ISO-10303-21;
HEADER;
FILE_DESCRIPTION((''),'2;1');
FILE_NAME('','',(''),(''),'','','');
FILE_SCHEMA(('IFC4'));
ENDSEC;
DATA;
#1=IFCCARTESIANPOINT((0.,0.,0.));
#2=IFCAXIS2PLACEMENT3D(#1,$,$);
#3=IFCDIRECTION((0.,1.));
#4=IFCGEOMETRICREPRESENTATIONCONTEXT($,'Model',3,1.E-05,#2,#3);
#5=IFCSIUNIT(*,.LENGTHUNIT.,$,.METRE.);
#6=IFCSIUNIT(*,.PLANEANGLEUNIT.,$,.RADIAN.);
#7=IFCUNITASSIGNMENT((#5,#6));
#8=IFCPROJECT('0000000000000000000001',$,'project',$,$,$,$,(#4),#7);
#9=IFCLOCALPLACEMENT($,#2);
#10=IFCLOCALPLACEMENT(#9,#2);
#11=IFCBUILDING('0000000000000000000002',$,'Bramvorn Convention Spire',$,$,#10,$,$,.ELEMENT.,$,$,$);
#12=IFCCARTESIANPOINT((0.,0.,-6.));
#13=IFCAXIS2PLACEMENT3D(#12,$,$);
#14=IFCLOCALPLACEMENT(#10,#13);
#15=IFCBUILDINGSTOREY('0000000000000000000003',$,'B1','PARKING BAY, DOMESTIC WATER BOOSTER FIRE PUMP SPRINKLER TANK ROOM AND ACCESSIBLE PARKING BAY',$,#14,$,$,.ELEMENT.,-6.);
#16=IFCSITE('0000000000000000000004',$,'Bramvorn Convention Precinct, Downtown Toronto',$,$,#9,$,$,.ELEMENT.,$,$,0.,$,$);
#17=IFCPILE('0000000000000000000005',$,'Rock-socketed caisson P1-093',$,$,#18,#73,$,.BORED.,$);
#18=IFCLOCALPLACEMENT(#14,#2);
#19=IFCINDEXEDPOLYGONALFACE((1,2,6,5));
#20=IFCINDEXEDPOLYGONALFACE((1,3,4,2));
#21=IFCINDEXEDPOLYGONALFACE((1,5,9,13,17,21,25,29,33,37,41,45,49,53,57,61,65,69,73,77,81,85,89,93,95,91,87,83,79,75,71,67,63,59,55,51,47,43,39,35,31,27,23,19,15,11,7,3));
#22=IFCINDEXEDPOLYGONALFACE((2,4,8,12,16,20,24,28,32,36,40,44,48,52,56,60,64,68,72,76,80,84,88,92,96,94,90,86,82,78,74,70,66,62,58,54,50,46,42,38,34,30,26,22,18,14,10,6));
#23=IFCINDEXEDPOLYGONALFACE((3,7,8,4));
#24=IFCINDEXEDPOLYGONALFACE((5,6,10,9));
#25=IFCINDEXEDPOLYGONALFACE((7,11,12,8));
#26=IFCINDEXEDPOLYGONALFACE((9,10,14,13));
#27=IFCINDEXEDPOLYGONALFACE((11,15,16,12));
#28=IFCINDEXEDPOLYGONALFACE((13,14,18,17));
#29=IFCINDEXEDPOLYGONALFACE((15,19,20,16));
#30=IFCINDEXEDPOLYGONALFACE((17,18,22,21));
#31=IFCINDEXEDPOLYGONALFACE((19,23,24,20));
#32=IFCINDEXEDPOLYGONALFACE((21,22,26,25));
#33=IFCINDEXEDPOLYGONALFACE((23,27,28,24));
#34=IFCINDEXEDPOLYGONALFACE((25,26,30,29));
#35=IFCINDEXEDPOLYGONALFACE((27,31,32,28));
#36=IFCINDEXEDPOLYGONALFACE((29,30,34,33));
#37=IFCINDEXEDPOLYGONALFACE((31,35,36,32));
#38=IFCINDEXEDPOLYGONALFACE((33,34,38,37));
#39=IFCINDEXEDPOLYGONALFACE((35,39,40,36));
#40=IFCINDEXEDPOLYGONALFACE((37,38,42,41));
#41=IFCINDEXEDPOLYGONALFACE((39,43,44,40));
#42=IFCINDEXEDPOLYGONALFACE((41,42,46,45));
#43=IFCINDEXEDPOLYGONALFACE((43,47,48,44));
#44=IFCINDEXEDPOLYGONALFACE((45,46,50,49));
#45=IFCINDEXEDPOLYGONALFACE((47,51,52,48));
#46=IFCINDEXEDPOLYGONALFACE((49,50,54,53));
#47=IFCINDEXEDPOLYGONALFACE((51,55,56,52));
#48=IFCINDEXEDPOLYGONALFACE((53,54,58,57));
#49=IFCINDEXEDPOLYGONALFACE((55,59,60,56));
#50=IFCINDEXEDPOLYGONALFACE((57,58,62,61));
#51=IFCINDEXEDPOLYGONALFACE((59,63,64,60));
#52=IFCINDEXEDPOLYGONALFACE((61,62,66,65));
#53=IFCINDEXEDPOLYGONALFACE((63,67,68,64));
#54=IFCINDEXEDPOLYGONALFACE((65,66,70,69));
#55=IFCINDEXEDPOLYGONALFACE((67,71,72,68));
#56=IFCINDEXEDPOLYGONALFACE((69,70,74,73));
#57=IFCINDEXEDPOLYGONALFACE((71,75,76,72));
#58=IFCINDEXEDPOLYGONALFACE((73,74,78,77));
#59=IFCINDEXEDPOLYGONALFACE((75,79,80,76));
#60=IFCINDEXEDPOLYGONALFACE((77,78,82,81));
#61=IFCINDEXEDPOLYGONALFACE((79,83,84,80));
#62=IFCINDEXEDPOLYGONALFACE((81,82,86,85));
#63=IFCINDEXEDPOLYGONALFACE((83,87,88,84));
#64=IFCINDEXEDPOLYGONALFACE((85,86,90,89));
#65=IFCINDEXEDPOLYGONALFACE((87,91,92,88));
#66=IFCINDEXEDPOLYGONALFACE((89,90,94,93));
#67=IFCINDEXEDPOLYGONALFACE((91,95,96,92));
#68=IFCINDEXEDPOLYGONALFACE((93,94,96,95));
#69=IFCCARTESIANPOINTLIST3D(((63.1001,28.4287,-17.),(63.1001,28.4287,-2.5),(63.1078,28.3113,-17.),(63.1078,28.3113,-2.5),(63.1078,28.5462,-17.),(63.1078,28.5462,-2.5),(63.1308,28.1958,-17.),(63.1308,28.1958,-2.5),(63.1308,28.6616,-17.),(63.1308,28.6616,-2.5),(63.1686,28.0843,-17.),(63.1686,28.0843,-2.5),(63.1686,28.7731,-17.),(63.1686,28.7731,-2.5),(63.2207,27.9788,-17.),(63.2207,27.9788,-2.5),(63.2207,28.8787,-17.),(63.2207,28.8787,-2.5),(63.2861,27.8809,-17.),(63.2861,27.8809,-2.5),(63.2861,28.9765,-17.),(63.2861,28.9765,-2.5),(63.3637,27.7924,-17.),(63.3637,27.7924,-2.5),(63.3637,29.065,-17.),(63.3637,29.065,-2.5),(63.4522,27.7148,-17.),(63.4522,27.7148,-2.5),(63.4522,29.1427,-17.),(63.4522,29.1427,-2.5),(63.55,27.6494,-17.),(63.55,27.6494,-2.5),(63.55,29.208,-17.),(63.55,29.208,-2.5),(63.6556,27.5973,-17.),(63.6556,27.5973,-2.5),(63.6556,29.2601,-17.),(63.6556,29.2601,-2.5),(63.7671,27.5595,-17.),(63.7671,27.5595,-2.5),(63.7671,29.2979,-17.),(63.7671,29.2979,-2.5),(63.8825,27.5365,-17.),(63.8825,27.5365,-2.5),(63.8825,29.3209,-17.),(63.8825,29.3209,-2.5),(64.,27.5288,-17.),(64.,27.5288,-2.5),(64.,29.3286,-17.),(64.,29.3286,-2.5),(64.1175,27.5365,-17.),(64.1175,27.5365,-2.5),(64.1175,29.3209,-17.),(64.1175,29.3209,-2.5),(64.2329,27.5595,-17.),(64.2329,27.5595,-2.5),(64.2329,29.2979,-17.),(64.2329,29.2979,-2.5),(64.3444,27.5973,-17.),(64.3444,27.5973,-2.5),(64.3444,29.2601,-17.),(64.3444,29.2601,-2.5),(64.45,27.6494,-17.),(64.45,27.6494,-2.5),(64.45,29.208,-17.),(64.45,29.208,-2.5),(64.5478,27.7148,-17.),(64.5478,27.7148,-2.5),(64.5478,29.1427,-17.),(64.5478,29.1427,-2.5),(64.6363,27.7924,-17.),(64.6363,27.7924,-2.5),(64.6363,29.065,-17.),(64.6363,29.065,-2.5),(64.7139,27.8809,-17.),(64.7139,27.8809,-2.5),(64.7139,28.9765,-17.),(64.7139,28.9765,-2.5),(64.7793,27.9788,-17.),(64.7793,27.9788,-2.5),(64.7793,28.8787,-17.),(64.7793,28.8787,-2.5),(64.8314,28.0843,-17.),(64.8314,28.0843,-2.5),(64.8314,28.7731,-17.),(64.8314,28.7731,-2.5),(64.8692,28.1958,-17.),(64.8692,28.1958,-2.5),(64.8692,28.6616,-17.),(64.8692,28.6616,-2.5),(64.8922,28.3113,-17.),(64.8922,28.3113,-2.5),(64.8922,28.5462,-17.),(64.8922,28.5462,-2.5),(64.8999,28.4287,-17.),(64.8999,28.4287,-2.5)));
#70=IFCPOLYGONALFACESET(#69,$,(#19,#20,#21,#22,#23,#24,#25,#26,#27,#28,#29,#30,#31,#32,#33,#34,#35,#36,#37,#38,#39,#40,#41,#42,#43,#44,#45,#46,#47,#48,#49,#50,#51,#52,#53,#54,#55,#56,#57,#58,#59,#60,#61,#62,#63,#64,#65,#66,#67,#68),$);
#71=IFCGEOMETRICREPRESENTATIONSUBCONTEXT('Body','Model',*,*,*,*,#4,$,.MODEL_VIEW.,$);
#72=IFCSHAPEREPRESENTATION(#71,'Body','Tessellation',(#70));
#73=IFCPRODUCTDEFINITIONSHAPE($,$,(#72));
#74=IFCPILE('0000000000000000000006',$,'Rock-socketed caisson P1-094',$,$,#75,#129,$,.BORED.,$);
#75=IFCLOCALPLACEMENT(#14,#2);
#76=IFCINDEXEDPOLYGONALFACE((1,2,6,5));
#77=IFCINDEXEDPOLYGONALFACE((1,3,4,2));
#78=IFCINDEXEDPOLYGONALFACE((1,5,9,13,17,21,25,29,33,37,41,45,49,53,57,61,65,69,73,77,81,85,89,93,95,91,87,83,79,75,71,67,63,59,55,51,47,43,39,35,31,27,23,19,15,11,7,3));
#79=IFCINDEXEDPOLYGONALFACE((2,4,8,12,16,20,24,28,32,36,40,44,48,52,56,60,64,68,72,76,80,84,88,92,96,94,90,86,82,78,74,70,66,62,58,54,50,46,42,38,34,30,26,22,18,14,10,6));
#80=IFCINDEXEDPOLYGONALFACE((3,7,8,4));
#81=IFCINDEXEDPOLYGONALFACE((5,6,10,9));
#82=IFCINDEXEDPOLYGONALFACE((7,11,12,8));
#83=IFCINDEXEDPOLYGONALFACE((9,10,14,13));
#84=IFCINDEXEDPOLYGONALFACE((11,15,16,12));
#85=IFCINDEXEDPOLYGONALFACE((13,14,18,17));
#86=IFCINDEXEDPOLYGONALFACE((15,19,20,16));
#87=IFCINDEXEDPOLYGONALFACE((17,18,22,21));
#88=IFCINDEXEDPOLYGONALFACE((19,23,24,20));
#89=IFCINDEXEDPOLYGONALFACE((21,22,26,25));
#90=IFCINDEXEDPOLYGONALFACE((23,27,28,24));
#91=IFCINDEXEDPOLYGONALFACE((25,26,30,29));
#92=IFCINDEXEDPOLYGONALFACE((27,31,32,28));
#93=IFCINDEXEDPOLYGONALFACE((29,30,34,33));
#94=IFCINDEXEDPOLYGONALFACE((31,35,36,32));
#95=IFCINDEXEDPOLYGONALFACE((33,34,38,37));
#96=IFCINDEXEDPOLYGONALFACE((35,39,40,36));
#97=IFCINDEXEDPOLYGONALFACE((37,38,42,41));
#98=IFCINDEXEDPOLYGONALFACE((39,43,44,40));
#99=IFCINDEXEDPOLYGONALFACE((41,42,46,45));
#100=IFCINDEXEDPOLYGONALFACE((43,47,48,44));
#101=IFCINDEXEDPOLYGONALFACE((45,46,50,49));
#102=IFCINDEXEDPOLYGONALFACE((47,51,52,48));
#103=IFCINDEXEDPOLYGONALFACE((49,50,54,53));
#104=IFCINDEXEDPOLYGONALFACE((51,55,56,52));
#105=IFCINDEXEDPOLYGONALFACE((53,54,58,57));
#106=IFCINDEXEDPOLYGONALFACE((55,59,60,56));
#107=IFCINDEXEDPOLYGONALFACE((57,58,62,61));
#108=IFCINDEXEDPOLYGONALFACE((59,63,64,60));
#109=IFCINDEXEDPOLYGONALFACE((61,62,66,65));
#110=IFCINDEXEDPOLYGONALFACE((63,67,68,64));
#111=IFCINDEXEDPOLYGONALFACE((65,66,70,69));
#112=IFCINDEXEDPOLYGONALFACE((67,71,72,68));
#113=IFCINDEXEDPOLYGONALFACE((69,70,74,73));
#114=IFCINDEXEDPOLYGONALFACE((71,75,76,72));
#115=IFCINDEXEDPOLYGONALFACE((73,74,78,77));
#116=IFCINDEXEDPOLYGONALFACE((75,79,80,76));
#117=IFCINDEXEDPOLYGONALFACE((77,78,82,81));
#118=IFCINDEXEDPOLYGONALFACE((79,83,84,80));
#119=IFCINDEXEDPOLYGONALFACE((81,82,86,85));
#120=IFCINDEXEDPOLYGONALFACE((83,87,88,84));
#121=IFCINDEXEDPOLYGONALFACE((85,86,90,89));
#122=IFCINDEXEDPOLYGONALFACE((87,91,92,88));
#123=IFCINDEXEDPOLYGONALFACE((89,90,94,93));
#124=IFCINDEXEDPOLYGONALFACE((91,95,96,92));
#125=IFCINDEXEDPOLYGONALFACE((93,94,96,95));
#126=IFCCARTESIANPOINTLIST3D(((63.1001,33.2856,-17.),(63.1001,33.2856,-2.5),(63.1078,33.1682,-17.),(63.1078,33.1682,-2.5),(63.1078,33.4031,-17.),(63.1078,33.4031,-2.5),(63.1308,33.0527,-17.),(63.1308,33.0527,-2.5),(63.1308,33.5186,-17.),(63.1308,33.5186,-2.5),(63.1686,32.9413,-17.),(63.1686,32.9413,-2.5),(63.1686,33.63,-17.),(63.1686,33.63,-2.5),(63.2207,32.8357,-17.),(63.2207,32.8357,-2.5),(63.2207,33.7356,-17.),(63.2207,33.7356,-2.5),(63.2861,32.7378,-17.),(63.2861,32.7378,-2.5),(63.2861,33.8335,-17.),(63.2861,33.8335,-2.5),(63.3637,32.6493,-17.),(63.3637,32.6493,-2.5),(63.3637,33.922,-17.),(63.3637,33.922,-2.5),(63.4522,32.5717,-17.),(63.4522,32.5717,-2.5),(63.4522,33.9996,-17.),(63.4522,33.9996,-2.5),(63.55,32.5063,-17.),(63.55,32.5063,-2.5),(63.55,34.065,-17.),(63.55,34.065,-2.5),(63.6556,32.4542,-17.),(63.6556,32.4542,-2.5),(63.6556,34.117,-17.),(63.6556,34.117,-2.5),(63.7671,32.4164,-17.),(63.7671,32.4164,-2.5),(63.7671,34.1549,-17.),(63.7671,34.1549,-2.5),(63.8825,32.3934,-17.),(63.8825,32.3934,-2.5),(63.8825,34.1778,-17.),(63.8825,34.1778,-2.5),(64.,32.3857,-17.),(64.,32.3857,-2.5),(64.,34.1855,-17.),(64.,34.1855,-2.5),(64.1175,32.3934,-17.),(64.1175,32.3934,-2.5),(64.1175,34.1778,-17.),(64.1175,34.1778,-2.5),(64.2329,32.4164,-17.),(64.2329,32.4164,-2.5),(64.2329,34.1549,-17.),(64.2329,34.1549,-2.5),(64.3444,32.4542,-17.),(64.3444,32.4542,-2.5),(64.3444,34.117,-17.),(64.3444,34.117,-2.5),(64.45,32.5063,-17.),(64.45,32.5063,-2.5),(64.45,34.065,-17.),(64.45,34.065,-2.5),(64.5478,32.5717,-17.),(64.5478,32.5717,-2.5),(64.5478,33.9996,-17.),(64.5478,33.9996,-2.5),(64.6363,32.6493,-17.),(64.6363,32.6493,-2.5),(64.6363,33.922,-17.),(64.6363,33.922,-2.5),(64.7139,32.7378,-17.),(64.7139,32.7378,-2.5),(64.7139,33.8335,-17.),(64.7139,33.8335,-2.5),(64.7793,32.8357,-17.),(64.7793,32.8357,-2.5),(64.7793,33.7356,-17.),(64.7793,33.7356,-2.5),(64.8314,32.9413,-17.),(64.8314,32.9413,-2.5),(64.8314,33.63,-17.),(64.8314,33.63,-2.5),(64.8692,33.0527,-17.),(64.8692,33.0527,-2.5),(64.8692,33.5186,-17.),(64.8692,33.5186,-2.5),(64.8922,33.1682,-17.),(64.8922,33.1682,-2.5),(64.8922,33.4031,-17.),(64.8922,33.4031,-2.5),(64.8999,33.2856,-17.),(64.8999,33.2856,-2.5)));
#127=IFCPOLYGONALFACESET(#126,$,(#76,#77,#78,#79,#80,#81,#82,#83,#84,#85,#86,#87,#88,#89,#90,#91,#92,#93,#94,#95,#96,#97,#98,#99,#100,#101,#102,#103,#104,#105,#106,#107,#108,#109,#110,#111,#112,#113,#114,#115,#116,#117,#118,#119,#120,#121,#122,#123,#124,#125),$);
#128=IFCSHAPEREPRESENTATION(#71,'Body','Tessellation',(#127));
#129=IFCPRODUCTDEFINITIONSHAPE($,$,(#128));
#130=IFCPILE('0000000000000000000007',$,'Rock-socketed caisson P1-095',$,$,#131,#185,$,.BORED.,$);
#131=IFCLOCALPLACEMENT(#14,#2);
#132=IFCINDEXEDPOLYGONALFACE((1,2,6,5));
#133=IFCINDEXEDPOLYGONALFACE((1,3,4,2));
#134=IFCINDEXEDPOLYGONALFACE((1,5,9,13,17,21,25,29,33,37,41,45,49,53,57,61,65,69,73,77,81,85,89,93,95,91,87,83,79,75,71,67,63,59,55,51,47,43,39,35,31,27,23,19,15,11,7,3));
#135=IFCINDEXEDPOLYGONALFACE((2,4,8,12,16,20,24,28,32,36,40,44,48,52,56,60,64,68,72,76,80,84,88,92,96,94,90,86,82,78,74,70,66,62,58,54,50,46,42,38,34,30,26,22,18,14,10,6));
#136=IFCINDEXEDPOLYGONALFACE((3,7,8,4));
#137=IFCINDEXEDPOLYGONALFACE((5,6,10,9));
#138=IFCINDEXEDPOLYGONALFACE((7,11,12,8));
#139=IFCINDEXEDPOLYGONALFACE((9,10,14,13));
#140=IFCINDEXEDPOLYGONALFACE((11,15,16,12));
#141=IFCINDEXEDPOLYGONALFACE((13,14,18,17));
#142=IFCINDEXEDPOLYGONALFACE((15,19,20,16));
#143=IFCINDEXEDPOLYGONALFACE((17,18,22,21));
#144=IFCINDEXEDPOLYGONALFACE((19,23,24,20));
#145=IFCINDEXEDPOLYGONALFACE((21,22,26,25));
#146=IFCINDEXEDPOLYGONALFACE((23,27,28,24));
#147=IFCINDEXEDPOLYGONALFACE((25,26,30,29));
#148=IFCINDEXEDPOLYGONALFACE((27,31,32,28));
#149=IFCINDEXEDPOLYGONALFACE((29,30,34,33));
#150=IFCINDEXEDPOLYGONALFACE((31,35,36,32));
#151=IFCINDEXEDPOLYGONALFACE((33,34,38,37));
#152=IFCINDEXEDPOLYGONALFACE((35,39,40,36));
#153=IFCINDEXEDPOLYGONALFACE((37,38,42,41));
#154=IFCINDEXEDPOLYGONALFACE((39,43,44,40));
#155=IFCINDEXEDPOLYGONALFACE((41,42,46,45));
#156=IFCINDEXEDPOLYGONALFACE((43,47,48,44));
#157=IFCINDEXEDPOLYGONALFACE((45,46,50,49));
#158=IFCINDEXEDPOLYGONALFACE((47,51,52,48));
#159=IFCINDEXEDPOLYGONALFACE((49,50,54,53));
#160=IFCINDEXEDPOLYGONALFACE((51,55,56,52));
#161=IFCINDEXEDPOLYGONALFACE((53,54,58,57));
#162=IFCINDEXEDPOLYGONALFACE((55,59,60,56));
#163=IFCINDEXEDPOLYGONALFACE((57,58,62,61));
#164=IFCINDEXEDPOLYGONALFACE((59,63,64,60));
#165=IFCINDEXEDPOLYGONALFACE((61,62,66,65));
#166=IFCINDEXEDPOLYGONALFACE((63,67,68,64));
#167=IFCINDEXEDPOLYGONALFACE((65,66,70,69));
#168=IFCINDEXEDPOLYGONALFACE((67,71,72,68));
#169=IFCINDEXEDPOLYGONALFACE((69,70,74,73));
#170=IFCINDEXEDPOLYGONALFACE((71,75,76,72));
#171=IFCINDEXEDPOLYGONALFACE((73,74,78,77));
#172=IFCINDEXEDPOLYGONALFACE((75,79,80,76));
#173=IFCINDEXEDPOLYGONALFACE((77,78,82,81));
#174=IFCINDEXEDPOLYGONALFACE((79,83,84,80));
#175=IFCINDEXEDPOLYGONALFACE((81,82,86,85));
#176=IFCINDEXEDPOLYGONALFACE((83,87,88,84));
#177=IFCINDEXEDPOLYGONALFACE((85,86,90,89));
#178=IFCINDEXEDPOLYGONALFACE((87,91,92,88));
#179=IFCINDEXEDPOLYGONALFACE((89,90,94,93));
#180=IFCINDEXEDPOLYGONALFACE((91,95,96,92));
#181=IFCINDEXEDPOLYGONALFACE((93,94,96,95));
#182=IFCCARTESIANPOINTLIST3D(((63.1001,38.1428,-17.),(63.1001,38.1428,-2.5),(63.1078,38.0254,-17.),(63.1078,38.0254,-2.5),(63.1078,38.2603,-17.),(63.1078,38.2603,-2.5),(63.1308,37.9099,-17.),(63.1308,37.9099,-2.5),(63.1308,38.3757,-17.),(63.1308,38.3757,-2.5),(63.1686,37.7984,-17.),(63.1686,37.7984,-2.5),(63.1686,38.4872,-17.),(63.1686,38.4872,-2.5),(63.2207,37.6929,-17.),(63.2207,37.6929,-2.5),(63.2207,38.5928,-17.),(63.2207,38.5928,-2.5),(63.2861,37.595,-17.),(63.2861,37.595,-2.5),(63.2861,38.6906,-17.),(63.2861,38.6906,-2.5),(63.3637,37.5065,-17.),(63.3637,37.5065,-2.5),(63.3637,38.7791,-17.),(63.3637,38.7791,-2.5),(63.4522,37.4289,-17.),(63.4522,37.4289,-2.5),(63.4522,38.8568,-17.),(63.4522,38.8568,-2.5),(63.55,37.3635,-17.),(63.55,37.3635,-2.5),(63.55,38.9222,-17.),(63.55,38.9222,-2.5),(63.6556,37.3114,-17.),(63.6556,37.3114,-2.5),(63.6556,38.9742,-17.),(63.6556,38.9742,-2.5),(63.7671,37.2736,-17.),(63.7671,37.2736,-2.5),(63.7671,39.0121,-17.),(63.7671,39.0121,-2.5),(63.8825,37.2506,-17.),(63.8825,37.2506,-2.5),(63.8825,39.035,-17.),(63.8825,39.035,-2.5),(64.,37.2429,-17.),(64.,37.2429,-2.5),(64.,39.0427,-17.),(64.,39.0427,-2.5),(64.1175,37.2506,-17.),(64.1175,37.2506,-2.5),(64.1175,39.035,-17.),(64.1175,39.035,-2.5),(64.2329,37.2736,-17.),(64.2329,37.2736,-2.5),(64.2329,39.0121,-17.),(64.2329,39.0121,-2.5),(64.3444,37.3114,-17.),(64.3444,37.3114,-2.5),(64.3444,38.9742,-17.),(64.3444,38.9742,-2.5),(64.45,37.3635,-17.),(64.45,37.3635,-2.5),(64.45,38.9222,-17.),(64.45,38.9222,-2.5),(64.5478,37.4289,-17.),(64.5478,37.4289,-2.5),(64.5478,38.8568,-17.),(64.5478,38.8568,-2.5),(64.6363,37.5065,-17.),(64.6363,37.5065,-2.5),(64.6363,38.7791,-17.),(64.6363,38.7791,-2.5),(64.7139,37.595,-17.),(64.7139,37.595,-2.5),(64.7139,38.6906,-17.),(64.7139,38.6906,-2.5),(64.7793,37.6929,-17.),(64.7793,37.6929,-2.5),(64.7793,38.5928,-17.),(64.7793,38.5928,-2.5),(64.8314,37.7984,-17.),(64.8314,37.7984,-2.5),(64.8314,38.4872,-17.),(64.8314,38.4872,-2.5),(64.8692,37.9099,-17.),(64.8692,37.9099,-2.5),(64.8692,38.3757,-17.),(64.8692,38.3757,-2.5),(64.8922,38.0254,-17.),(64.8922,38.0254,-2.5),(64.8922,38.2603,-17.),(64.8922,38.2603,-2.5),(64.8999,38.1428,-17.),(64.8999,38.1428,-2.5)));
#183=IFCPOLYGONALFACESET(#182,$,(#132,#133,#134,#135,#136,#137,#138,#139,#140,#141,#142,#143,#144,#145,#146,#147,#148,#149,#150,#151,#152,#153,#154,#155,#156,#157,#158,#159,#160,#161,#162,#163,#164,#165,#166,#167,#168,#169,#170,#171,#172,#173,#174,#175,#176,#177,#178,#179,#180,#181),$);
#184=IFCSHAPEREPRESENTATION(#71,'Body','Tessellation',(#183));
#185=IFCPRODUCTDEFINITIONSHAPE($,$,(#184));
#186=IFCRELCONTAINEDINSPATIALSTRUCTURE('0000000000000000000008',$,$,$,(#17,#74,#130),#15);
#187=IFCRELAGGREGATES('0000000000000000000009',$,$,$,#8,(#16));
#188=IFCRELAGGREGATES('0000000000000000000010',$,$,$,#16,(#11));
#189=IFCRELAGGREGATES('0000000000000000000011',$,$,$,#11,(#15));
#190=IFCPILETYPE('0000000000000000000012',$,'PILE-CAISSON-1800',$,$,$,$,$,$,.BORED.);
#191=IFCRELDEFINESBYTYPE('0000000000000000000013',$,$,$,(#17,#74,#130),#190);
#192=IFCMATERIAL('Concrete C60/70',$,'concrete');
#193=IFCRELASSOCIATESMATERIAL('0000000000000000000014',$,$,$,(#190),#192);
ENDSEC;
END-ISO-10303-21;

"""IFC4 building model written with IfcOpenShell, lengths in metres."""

from ifc_helpers import new_model, si_unit, direction, frame, origin, origin_2d, place, context, subcontext, project, spatial, circle, extrude, material, material_profile, profile_set, type_object, element, save


model = new_model("IFC4")

# Units and contexts
model_context = context("Model", 3, precision=1e-05, world=origin(), true_north=direction((0.0, 1.0)))
body_context = subcontext(model_context, "Body", "Model", "MODEL_VIEW")
ifc_project = project(units=[si_unit("LENGTHUNIT", "METRE"), si_unit("PLANEANGLEUNIT", "RADIAN")], contexts=[model_context])

# Site, building, storey
site_placement = place(None, origin())
site = spatial("IfcSite", under=ifc_project, at=site_placement, Name="Bramvorn Convention Precinct, Downtown Toronto", CompositionType="ELEMENT", RefElevation=0.0)
building_placement = place(site_placement, origin())
building = spatial("IfcBuilding", under=site, at=building_placement, Name="Bramvorn Convention Spire", CompositionType="ELEMENT")
storey_placement = place(building_placement, frame((0.0, 0.0, -6.0)))
storey = spatial("IfcBuildingStorey", under=building, at=storey_placement, Name="B1", Description="PARKING BAY, DOMESTIC WATER BOOSTER FIRE PUMP SPRINKLER TANK ROOM AND ACCESSIBLE PARKING BAY", CompositionType="ELEMENT", Elevation=-6.0)

# Shared definitions
ifc_material_1 = material(Name="Concrete C60/70", Category="concrete")

# Piles
ifc_material_profile_1 = material_profile(ifc_material_1, circle(Radius=0.8999, at=origin_2d()))
ifc_profile_set_1 = profile_set([ifc_material_profile_1], Name="Concrete C60/70 - CAISSON1800")
pile_type_1 = type_object("IfcPileType", Name="PILE-CAISSON-1800", PredefinedType="BORED", material=ifc_profile_set_1)
for number, where, z_axis, x_axis, name in (
    (1, (64.0, 28.4287, -2.5), (0.0, 0.0, -1.0), (1.0, 0.0, 0.0), "Rock-socketed caisson P1-093"),
    (2, (64.0, 33.2856, -2.5), (0.0, 0.0, -1.0), (1.0, 0.0, 0.0), "Rock-socketed caisson P1-094"),
    (3, (64.0, 38.1428, -2.5), (0.0, 0.0, -1.0), (1.0, 0.0, 0.0), "Rock-socketed caisson P1-095"),
):
    element("IfcPile", number, at=place(storey_placement, frame(where, z_axis=z_axis, x_axis=x_axis)), inside=storey, type_object=pile_type_1, Name=name, PredefinedType="BORED", context=body_context, shape_type="SweptSolid", body=[
        extrude(circle(Radius=0.8999, at=origin_2d()), origin(), (0.0, 0.0, 1.0), 14.5),
    ])

save(model, "model.ifc")
